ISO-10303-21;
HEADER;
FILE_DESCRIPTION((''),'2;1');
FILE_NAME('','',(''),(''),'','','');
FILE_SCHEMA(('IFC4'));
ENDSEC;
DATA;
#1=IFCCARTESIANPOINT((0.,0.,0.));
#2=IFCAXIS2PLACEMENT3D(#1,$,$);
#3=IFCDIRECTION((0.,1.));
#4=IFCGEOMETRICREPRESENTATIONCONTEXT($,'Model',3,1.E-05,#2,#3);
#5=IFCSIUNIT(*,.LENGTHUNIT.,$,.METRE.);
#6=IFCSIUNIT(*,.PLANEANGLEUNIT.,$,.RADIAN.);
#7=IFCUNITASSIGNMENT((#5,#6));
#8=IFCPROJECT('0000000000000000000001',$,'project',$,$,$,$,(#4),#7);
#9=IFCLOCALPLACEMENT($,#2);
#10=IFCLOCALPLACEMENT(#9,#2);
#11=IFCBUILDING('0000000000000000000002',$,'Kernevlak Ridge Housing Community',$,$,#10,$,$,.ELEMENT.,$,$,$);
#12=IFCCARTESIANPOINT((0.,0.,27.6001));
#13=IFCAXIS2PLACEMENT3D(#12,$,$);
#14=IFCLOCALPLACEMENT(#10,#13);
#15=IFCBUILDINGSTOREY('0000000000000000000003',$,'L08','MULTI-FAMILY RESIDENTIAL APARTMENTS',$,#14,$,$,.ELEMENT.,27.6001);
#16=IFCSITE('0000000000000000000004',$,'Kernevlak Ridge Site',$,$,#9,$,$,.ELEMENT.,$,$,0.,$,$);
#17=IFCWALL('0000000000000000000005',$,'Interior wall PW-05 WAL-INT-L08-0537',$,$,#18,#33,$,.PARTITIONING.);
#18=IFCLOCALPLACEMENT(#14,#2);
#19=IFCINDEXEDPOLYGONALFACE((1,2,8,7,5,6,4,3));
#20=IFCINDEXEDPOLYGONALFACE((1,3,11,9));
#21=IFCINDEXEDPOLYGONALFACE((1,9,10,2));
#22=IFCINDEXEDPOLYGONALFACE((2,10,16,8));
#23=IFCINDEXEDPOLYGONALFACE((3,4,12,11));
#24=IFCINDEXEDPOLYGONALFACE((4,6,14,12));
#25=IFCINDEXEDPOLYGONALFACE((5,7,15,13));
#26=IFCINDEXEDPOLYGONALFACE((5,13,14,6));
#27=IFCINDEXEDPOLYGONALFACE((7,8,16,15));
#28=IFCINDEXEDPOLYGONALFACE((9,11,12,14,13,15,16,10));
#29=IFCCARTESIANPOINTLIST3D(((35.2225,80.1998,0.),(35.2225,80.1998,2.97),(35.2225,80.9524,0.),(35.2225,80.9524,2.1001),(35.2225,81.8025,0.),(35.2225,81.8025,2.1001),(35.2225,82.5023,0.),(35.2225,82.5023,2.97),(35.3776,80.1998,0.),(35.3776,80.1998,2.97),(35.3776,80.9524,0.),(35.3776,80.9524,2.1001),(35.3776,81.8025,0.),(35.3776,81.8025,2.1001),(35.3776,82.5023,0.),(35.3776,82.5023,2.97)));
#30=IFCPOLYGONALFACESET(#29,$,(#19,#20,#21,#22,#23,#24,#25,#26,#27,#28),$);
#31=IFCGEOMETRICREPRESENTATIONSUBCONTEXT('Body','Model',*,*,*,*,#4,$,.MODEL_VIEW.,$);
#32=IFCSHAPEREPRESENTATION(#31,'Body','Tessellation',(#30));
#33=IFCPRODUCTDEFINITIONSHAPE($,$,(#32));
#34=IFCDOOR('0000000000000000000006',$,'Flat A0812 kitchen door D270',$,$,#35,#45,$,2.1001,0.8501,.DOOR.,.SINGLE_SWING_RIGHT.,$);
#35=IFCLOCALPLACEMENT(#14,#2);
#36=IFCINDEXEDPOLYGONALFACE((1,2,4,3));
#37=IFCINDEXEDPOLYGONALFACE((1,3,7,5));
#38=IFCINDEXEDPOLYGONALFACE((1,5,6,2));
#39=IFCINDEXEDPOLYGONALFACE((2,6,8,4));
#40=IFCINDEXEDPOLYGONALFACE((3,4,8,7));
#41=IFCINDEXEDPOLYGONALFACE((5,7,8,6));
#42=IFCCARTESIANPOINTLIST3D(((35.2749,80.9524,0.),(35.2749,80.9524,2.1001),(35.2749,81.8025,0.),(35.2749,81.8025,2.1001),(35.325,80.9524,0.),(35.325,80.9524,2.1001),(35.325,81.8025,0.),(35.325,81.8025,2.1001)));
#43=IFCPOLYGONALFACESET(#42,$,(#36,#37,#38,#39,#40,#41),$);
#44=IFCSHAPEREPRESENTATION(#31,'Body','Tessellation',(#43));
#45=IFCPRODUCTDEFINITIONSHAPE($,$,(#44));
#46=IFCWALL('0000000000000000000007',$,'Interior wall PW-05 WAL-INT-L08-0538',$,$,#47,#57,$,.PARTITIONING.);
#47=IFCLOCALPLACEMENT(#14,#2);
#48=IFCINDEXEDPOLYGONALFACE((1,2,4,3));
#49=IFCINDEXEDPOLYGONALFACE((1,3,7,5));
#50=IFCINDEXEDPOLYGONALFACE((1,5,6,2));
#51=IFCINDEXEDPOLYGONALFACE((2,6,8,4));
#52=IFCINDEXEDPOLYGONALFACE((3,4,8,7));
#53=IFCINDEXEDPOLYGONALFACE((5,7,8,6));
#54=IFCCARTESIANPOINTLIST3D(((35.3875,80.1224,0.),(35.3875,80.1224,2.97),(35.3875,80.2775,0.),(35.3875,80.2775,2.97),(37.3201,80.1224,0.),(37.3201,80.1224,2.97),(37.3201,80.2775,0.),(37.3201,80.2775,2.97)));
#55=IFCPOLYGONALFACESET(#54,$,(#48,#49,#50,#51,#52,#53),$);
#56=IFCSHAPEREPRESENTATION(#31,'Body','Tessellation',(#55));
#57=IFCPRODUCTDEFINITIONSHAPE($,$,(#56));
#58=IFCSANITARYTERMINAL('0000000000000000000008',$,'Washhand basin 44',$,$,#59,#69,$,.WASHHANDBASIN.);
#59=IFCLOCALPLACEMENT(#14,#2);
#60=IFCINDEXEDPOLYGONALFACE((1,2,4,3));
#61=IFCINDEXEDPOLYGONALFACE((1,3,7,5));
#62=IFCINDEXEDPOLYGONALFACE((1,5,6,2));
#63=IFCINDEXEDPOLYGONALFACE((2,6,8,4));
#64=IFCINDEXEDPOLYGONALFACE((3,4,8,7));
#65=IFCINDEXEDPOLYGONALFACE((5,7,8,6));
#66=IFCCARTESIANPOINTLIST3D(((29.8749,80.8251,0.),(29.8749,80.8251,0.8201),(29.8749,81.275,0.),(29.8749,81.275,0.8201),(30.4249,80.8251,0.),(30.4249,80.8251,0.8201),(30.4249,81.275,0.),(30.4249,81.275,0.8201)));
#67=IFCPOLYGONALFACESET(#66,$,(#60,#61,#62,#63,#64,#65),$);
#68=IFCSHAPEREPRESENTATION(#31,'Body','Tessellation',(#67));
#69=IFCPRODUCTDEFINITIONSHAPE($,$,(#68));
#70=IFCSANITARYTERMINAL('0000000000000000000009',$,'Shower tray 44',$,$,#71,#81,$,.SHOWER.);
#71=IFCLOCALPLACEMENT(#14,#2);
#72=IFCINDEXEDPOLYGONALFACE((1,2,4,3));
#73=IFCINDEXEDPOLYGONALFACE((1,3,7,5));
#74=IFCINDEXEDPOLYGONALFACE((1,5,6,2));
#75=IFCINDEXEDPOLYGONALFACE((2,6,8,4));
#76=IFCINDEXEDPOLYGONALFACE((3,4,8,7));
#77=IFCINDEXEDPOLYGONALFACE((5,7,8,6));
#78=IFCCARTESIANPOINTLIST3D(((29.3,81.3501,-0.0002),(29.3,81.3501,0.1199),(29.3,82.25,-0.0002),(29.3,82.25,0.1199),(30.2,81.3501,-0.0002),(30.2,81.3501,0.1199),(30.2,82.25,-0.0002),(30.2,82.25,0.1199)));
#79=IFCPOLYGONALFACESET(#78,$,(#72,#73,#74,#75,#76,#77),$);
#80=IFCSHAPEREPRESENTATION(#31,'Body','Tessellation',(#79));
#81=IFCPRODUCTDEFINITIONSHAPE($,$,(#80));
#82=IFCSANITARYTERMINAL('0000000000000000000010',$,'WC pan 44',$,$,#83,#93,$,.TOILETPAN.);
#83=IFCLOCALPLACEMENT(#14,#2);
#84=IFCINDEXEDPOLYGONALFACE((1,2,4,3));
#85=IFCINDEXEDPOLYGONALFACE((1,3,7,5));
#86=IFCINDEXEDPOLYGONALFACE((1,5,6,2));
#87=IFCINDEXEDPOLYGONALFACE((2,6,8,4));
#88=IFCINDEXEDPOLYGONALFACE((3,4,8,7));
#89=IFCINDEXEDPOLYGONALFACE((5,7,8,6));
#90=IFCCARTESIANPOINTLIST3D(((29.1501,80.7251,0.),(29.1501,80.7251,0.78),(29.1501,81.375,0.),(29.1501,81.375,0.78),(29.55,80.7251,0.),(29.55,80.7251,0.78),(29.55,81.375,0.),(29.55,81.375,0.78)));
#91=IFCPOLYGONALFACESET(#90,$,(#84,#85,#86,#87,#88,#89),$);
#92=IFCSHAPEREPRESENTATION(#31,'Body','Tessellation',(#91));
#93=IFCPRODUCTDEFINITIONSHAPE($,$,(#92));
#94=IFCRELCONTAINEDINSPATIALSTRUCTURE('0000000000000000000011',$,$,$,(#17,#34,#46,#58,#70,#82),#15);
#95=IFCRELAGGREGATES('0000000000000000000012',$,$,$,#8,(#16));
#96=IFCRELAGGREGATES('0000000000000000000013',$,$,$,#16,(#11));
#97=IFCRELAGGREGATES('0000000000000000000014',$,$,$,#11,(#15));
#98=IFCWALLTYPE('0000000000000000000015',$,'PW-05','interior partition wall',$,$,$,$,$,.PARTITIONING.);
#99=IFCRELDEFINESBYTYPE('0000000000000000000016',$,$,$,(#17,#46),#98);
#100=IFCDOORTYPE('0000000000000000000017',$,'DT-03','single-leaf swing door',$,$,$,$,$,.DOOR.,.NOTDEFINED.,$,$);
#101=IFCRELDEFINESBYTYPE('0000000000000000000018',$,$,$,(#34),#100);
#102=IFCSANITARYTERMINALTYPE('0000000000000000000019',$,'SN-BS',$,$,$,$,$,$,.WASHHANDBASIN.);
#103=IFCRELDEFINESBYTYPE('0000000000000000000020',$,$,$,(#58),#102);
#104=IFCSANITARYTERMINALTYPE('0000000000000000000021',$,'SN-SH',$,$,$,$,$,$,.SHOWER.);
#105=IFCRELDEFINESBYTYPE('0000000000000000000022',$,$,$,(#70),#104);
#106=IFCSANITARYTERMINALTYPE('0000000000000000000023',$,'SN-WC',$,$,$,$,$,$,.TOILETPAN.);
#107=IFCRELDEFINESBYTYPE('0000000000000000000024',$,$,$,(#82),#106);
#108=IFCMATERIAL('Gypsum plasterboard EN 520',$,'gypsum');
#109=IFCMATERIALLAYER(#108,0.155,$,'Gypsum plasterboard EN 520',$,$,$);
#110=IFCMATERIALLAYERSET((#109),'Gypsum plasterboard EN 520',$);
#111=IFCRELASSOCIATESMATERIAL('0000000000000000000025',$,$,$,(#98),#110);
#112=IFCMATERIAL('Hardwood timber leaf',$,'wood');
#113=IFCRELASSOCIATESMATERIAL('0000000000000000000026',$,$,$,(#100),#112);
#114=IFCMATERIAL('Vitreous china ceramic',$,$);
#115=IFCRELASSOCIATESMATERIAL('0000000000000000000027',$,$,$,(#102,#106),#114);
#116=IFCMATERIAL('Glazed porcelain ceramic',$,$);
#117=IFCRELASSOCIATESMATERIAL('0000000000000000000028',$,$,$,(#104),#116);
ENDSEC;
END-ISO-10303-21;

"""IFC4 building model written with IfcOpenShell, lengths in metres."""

from ifc_helpers import new_model, si_unit, direction, frame, frame_2d, origin, origin_2d, place, context, subcontext, project, spatial, rectangle, extrude, material, layer, layer_set, type_object, element, fill, save


model = new_model("IFC4")

# Units and contexts
model_context = context("Model", 3, precision=1e-05, world=origin(), true_north=direction((0.0, 1.0)))
body_context = subcontext(model_context, "Body", "Model", "MODEL_VIEW")
ifc_project = project(units=[si_unit("LENGTHUNIT", "METRE"), si_unit("PLANEANGLEUNIT", "RADIAN")], contexts=[model_context])

# Site, building, storey
site_placement = place(None, origin())
site = spatial("IfcSite", under=ifc_project, at=site_placement, Name="Kernevlak Ridge Site", CompositionType="ELEMENT", RefElevation=0.0)
building_placement = place(site_placement, origin())
building = spatial("IfcBuilding", under=site, at=building_placement, Name="Kernevlak Ridge Housing Community", CompositionType="ELEMENT")
storey_placement = place(building_placement, frame((0.0, 0.0, 27.6001)))
storey = spatial("IfcBuildingStorey", under=building, at=storey_placement, Name="L08", Description="MULTI-FAMILY RESIDENTIAL APARTMENTS", CompositionType="ELEMENT", Elevation=27.6001)

# Shared definitions
ifc_material_1 = material(Name="Hardwood timber leaf", Category="wood")

# Wall, opening, door
ifc_material_2 = material(Name="Gypsum plasterboard EN 520", Category="gypsum")
ifc_layer_1 = layer(ifc_material_2, 0.155, Name="Gypsum plasterboard EN 520")
ifc_layer_set_1 = layer_set([ifc_layer_1], Name="Gypsum plasterboard EN 520")
wall_type_1 = type_object("IfcWallType", Name="PW-05", Description="interior partition wall", PredefinedType="PARTITIONING", material=ifc_layer_set_1)
wall_1_placement = place(storey_placement, frame((35.3, 82.5024, 0.0), z_axis=(0.0, 0.0, 1.0), x_axis=(0.0, -1.0, 0.0)))
wall_1 = element("IfcWall", 1, at=wall_1_placement, inside=storey, type_object=wall_type_1, Name="Interior wall PW-05 WAL-INT-L08-0537", PredefinedType="PARTITIONING", context=body_context, shape_type="SweptSolid", body=[
    extrude(rectangle(XDim=2.3025, YDim=0.155, at=frame_2d((1.1514, 0.0))), origin(), (0.0, 0.0, 1.0), 2.97),
])
opening_1_placement = place(wall_1_placement, frame((0.7, 0.0, 0.0)))
opening_1 = element("IfcOpeningElement", 2, at=opening_1_placement, cuts=wall_1, PredefinedType="OPENING", context=body_context, shape_type="SweptSolid", body=[
    extrude(rectangle(XDim=0.8501, YDim=2.1001, at=frame_2d((0.425, 1.05))), frame((0.0, 0.0874, 0.0), z_axis=(0.0, -1.0, 0.0), x_axis=(1.0, 0.0, 0.0)), (0.0, 0.0, 1.0), 0.175),
])
door_type_1 = type_object("IfcDoorType", Name="DT-03", Description="single-leaf swing door", OperationType="NOTDEFINED", PredefinedType="DOOR", material=ifc_material_1)
door_1_placement = place(opening_1_placement, origin())
door_1 = element("IfcDoor", 3, at=door_1_placement, inside=storey, type_object=door_type_1, Name="Flat A0812 kitchen door D270", OperationType="SINGLE_SWING_RIGHT", OverallHeight=2.1001, OverallWidth=0.8501, PredefinedType="DOOR", context=body_context, shape_type="SweptSolid", body=[
    extrude(rectangle(XDim=0.8501, YDim=2.1001, at=frame_2d((0.425, 1.05))), frame((0.0, 0.0249, 0.0), z_axis=(0.0, -1.0, 0.0), x_axis=(1.0, 0.0, 0.0)), (0.0, 0.0, 1.0), 0.05),
])
fill(opening_1, door_1)

# Wall
wall_2_placement = place(storey_placement, frame((35.3875, 80.2, 0.0), z_axis=(0.0, 0.0, 1.0), x_axis=(1.0, 0.0, 0.0)))
element("IfcWall", 4, at=wall_2_placement, inside=storey, type_object=wall_type_1, Name="Interior wall PW-05 WAL-INT-L08-0538", PredefinedType="PARTITIONING", context=body_context, shape_type="SweptSolid", body=[
    extrude(rectangle(XDim=1.9326, YDim=0.155, at=frame_2d((0.9663, 0.0))), origin(), (0.0, 0.0, 1.0), 2.97),
])

# Sanitary terminals
ifc_material_3 = material(Name="Vitreous china ceramic")
sanitary_terminal_type_1 = type_object("IfcSanitaryTerminalType", Name="SN-BS", PredefinedType="WASHHANDBASIN", material=ifc_material_3)
sanitary_terminal_1_placement = place(storey_placement, frame((30.1499, 81.05, 0.0), z_axis=(0.0, 0.0, 1.0), x_axis=(1.0, 0.0, 0.0)))
element("IfcSanitaryTerminal", 5, at=sanitary_terminal_1_placement, inside=storey, type_object=sanitary_terminal_type_1, Name="Washhand basin 44", PredefinedType="WASHHANDBASIN", context=body_context, shape_type="SweptSolid", body=[
    extrude(rectangle(XDim=0.55, YDim=0.45, at=origin_2d()), origin(), (0.0, 0.0, 1.0), 0.8201),
])
ifc_material_4 = material(Name="Glazed porcelain ceramic")
sanitary_terminal_type_2 = type_object("IfcSanitaryTerminalType", Name="SN-SH", PredefinedType="SHOWER", material=ifc_material_4)
sanitary_terminal_2_placement = place(storey_placement, frame((29.75, 81.8, -0.0002), z_axis=(0.0, 0.0, 1.0), x_axis=(1.0, 0.0, 0.0)))
element("IfcSanitaryTerminal", 6, at=sanitary_terminal_2_placement, inside=storey, type_object=sanitary_terminal_type_2, Name="Shower tray 44", PredefinedType="SHOWER", context=body_context, shape_type="SweptSolid", body=[
    extrude(rectangle(XDim=0.8999, YDim=0.8999, at=origin_2d()), origin(), (0.0, 0.0, 1.0), 0.1201),
])
sanitary_terminal_type_3 = type_object("IfcSanitaryTerminalType", Name="SN-WC", PredefinedType="TOILETPAN", material=ifc_material_3)
sanitary_terminal_3_placement = place(storey_placement, frame((29.3501, 81.05, 0.0), z_axis=(0.0, 0.0, 1.0), x_axis=(1.0, 0.0, 0.0)))
element("IfcSanitaryTerminal", 7, at=sanitary_terminal_3_placement, inside=storey, type_object=sanitary_terminal_type_3, Name="WC pan 44", PredefinedType="TOILETPAN", context=body_context, shape_type="SweptSolid", body=[
    extrude(rectangle(XDim=0.3999, YDim=0.6499, at=origin_2d()), origin(), (0.0, 0.0, 1.0), 0.78),
])

save(model, "model.ifc")
